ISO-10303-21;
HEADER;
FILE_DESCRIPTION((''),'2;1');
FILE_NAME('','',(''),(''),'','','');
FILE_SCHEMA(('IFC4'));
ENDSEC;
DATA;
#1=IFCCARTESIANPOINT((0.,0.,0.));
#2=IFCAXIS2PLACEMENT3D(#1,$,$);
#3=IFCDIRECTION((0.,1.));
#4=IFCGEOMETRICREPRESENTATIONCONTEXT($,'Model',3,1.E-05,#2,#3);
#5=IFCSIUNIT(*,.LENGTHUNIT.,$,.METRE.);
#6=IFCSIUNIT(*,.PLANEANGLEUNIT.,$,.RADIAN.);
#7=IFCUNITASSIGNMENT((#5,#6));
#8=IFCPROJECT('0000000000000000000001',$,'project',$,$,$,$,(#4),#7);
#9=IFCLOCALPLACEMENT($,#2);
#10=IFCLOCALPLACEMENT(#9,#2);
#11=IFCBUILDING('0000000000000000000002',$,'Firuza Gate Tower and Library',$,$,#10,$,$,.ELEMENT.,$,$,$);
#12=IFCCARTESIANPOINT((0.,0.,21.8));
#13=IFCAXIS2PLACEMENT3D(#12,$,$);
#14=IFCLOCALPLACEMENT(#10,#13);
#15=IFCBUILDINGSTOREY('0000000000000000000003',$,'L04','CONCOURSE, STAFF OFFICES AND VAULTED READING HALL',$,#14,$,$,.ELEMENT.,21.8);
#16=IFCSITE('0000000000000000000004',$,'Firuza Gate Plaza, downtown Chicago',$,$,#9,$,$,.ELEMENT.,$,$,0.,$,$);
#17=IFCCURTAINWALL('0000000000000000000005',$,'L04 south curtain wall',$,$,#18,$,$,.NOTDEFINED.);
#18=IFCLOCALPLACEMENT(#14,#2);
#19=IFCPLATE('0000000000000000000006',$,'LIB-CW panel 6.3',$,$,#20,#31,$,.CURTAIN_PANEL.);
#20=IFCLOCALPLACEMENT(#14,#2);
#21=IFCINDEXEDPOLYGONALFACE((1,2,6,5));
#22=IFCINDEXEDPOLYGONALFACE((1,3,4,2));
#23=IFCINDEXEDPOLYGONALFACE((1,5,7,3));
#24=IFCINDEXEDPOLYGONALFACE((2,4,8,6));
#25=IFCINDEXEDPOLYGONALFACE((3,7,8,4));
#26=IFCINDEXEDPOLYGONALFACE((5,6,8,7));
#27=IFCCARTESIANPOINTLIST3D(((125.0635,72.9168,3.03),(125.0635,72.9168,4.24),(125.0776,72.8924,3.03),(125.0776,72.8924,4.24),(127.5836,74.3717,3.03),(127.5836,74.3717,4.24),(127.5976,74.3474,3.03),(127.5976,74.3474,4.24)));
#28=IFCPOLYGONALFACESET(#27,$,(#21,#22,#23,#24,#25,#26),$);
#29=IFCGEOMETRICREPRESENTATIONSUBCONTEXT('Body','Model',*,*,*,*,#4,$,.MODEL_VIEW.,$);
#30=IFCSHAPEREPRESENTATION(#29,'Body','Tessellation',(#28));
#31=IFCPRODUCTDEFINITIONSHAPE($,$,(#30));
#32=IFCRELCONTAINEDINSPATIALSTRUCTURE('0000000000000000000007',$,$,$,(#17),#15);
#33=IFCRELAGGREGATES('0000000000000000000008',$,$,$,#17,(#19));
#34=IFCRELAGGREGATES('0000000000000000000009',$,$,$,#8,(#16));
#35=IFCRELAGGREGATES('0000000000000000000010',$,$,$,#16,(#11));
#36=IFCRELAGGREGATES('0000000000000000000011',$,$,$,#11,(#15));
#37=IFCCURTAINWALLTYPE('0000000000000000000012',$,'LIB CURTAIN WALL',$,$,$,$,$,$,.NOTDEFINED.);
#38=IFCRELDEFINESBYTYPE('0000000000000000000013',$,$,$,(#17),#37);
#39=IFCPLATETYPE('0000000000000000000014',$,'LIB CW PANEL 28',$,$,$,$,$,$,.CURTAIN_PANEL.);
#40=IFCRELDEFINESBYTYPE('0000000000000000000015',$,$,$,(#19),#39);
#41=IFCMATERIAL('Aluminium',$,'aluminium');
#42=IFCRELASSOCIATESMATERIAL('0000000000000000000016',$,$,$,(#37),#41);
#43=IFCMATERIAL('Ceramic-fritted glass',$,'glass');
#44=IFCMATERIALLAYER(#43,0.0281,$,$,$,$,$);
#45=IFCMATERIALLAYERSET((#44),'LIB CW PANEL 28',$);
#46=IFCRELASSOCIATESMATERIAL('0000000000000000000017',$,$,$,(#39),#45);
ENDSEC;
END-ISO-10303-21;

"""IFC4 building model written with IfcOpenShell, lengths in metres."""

from ifc_helpers import new_model, si_unit, direction, frame, origin, origin_2d, place, context, subcontext, project, spatial, rectangle, extrude, material, layer, layer_set, type_object, element, aggregate, save


model = new_model("IFC4")

# Units and contexts
model_context = context("Model", 3, precision=1e-05, world=origin(), true_north=direction((0.0, 1.0)))
body_context = subcontext(model_context, "Body", "Model", "MODEL_VIEW")
ifc_project = project(units=[si_unit("LENGTHUNIT", "METRE"), si_unit("PLANEANGLEUNIT", "RADIAN")], contexts=[model_context])

# Site, building, storey
site_placement = place(None, origin())
site = spatial("IfcSite", under=ifc_project, at=site_placement, Name="Firuza Gate Plaza, downtown Chicago", CompositionType="ELEMENT", RefElevation=0.0)
building_placement = place(site_placement, origin())
building = spatial("IfcBuilding", under=site, at=building_placement, Name="Firuza Gate Tower and Library", CompositionType="ELEMENT")
storey_placement = place(building_placement, frame((0.0, 0.0, 21.8)))
storey = spatial("IfcBuildingStorey", under=building, at=storey_placement, Name="L04", Description="CONCOURSE, STAFF OFFICES AND VAULTED READING HALL", CompositionType="ELEMENT", Elevation=21.8)

# Curtain wall, plate
ifc_material_1 = material(Name="Aluminium", Category="aluminium")
curtain_wall_type = type_object("IfcCurtainWallType", Name="LIB CURTAIN WALL", PredefinedType="NOTDEFINED", material=ifc_material_1)
curtain_wall_placement = place(storey_placement, origin())
curtain_wall = element("IfcCurtainWall", 1, at=curtain_wall_placement, inside=storey, type_object=curtain_wall_type, Name="L04 south curtain wall", PredefinedType="NOTDEFINED")
ifc_material_2 = material(Name="Ceramic-fritted glass", Category="glass")
ifc_layer_1 = layer(ifc_material_2, 0.0281)
ifc_layer_set_1 = layer_set([ifc_layer_1], Name="LIB CW PANEL 28")
plate_type = type_object("IfcPlateType", Name="LIB CW PANEL 28", PredefinedType="CURTAIN_PANEL", material=ifc_layer_set_1)
plate_1_placement = place(storey_placement, frame((126.3306, 73.6321, 3.03), z_axis=(0.0, 0.0, 1.0), x_axis=(0.866025, 0.500001, 0.0)))
plate_1 = element("IfcPlate", 2, at=plate_1_placement, type_object=plate_type, Name="LIB-CW panel 6.3", PredefinedType="CURTAIN_PANEL", context=body_context, shape_type="SweptSolid", body=[
    extrude(rectangle(XDim=2.9099, YDim=0.0281, at=origin_2d()), origin(), (0.0, 0.0, 1.0), 1.21),
])
aggregate(curtain_wall, [plate_1])

save(model, "model.ifc")
